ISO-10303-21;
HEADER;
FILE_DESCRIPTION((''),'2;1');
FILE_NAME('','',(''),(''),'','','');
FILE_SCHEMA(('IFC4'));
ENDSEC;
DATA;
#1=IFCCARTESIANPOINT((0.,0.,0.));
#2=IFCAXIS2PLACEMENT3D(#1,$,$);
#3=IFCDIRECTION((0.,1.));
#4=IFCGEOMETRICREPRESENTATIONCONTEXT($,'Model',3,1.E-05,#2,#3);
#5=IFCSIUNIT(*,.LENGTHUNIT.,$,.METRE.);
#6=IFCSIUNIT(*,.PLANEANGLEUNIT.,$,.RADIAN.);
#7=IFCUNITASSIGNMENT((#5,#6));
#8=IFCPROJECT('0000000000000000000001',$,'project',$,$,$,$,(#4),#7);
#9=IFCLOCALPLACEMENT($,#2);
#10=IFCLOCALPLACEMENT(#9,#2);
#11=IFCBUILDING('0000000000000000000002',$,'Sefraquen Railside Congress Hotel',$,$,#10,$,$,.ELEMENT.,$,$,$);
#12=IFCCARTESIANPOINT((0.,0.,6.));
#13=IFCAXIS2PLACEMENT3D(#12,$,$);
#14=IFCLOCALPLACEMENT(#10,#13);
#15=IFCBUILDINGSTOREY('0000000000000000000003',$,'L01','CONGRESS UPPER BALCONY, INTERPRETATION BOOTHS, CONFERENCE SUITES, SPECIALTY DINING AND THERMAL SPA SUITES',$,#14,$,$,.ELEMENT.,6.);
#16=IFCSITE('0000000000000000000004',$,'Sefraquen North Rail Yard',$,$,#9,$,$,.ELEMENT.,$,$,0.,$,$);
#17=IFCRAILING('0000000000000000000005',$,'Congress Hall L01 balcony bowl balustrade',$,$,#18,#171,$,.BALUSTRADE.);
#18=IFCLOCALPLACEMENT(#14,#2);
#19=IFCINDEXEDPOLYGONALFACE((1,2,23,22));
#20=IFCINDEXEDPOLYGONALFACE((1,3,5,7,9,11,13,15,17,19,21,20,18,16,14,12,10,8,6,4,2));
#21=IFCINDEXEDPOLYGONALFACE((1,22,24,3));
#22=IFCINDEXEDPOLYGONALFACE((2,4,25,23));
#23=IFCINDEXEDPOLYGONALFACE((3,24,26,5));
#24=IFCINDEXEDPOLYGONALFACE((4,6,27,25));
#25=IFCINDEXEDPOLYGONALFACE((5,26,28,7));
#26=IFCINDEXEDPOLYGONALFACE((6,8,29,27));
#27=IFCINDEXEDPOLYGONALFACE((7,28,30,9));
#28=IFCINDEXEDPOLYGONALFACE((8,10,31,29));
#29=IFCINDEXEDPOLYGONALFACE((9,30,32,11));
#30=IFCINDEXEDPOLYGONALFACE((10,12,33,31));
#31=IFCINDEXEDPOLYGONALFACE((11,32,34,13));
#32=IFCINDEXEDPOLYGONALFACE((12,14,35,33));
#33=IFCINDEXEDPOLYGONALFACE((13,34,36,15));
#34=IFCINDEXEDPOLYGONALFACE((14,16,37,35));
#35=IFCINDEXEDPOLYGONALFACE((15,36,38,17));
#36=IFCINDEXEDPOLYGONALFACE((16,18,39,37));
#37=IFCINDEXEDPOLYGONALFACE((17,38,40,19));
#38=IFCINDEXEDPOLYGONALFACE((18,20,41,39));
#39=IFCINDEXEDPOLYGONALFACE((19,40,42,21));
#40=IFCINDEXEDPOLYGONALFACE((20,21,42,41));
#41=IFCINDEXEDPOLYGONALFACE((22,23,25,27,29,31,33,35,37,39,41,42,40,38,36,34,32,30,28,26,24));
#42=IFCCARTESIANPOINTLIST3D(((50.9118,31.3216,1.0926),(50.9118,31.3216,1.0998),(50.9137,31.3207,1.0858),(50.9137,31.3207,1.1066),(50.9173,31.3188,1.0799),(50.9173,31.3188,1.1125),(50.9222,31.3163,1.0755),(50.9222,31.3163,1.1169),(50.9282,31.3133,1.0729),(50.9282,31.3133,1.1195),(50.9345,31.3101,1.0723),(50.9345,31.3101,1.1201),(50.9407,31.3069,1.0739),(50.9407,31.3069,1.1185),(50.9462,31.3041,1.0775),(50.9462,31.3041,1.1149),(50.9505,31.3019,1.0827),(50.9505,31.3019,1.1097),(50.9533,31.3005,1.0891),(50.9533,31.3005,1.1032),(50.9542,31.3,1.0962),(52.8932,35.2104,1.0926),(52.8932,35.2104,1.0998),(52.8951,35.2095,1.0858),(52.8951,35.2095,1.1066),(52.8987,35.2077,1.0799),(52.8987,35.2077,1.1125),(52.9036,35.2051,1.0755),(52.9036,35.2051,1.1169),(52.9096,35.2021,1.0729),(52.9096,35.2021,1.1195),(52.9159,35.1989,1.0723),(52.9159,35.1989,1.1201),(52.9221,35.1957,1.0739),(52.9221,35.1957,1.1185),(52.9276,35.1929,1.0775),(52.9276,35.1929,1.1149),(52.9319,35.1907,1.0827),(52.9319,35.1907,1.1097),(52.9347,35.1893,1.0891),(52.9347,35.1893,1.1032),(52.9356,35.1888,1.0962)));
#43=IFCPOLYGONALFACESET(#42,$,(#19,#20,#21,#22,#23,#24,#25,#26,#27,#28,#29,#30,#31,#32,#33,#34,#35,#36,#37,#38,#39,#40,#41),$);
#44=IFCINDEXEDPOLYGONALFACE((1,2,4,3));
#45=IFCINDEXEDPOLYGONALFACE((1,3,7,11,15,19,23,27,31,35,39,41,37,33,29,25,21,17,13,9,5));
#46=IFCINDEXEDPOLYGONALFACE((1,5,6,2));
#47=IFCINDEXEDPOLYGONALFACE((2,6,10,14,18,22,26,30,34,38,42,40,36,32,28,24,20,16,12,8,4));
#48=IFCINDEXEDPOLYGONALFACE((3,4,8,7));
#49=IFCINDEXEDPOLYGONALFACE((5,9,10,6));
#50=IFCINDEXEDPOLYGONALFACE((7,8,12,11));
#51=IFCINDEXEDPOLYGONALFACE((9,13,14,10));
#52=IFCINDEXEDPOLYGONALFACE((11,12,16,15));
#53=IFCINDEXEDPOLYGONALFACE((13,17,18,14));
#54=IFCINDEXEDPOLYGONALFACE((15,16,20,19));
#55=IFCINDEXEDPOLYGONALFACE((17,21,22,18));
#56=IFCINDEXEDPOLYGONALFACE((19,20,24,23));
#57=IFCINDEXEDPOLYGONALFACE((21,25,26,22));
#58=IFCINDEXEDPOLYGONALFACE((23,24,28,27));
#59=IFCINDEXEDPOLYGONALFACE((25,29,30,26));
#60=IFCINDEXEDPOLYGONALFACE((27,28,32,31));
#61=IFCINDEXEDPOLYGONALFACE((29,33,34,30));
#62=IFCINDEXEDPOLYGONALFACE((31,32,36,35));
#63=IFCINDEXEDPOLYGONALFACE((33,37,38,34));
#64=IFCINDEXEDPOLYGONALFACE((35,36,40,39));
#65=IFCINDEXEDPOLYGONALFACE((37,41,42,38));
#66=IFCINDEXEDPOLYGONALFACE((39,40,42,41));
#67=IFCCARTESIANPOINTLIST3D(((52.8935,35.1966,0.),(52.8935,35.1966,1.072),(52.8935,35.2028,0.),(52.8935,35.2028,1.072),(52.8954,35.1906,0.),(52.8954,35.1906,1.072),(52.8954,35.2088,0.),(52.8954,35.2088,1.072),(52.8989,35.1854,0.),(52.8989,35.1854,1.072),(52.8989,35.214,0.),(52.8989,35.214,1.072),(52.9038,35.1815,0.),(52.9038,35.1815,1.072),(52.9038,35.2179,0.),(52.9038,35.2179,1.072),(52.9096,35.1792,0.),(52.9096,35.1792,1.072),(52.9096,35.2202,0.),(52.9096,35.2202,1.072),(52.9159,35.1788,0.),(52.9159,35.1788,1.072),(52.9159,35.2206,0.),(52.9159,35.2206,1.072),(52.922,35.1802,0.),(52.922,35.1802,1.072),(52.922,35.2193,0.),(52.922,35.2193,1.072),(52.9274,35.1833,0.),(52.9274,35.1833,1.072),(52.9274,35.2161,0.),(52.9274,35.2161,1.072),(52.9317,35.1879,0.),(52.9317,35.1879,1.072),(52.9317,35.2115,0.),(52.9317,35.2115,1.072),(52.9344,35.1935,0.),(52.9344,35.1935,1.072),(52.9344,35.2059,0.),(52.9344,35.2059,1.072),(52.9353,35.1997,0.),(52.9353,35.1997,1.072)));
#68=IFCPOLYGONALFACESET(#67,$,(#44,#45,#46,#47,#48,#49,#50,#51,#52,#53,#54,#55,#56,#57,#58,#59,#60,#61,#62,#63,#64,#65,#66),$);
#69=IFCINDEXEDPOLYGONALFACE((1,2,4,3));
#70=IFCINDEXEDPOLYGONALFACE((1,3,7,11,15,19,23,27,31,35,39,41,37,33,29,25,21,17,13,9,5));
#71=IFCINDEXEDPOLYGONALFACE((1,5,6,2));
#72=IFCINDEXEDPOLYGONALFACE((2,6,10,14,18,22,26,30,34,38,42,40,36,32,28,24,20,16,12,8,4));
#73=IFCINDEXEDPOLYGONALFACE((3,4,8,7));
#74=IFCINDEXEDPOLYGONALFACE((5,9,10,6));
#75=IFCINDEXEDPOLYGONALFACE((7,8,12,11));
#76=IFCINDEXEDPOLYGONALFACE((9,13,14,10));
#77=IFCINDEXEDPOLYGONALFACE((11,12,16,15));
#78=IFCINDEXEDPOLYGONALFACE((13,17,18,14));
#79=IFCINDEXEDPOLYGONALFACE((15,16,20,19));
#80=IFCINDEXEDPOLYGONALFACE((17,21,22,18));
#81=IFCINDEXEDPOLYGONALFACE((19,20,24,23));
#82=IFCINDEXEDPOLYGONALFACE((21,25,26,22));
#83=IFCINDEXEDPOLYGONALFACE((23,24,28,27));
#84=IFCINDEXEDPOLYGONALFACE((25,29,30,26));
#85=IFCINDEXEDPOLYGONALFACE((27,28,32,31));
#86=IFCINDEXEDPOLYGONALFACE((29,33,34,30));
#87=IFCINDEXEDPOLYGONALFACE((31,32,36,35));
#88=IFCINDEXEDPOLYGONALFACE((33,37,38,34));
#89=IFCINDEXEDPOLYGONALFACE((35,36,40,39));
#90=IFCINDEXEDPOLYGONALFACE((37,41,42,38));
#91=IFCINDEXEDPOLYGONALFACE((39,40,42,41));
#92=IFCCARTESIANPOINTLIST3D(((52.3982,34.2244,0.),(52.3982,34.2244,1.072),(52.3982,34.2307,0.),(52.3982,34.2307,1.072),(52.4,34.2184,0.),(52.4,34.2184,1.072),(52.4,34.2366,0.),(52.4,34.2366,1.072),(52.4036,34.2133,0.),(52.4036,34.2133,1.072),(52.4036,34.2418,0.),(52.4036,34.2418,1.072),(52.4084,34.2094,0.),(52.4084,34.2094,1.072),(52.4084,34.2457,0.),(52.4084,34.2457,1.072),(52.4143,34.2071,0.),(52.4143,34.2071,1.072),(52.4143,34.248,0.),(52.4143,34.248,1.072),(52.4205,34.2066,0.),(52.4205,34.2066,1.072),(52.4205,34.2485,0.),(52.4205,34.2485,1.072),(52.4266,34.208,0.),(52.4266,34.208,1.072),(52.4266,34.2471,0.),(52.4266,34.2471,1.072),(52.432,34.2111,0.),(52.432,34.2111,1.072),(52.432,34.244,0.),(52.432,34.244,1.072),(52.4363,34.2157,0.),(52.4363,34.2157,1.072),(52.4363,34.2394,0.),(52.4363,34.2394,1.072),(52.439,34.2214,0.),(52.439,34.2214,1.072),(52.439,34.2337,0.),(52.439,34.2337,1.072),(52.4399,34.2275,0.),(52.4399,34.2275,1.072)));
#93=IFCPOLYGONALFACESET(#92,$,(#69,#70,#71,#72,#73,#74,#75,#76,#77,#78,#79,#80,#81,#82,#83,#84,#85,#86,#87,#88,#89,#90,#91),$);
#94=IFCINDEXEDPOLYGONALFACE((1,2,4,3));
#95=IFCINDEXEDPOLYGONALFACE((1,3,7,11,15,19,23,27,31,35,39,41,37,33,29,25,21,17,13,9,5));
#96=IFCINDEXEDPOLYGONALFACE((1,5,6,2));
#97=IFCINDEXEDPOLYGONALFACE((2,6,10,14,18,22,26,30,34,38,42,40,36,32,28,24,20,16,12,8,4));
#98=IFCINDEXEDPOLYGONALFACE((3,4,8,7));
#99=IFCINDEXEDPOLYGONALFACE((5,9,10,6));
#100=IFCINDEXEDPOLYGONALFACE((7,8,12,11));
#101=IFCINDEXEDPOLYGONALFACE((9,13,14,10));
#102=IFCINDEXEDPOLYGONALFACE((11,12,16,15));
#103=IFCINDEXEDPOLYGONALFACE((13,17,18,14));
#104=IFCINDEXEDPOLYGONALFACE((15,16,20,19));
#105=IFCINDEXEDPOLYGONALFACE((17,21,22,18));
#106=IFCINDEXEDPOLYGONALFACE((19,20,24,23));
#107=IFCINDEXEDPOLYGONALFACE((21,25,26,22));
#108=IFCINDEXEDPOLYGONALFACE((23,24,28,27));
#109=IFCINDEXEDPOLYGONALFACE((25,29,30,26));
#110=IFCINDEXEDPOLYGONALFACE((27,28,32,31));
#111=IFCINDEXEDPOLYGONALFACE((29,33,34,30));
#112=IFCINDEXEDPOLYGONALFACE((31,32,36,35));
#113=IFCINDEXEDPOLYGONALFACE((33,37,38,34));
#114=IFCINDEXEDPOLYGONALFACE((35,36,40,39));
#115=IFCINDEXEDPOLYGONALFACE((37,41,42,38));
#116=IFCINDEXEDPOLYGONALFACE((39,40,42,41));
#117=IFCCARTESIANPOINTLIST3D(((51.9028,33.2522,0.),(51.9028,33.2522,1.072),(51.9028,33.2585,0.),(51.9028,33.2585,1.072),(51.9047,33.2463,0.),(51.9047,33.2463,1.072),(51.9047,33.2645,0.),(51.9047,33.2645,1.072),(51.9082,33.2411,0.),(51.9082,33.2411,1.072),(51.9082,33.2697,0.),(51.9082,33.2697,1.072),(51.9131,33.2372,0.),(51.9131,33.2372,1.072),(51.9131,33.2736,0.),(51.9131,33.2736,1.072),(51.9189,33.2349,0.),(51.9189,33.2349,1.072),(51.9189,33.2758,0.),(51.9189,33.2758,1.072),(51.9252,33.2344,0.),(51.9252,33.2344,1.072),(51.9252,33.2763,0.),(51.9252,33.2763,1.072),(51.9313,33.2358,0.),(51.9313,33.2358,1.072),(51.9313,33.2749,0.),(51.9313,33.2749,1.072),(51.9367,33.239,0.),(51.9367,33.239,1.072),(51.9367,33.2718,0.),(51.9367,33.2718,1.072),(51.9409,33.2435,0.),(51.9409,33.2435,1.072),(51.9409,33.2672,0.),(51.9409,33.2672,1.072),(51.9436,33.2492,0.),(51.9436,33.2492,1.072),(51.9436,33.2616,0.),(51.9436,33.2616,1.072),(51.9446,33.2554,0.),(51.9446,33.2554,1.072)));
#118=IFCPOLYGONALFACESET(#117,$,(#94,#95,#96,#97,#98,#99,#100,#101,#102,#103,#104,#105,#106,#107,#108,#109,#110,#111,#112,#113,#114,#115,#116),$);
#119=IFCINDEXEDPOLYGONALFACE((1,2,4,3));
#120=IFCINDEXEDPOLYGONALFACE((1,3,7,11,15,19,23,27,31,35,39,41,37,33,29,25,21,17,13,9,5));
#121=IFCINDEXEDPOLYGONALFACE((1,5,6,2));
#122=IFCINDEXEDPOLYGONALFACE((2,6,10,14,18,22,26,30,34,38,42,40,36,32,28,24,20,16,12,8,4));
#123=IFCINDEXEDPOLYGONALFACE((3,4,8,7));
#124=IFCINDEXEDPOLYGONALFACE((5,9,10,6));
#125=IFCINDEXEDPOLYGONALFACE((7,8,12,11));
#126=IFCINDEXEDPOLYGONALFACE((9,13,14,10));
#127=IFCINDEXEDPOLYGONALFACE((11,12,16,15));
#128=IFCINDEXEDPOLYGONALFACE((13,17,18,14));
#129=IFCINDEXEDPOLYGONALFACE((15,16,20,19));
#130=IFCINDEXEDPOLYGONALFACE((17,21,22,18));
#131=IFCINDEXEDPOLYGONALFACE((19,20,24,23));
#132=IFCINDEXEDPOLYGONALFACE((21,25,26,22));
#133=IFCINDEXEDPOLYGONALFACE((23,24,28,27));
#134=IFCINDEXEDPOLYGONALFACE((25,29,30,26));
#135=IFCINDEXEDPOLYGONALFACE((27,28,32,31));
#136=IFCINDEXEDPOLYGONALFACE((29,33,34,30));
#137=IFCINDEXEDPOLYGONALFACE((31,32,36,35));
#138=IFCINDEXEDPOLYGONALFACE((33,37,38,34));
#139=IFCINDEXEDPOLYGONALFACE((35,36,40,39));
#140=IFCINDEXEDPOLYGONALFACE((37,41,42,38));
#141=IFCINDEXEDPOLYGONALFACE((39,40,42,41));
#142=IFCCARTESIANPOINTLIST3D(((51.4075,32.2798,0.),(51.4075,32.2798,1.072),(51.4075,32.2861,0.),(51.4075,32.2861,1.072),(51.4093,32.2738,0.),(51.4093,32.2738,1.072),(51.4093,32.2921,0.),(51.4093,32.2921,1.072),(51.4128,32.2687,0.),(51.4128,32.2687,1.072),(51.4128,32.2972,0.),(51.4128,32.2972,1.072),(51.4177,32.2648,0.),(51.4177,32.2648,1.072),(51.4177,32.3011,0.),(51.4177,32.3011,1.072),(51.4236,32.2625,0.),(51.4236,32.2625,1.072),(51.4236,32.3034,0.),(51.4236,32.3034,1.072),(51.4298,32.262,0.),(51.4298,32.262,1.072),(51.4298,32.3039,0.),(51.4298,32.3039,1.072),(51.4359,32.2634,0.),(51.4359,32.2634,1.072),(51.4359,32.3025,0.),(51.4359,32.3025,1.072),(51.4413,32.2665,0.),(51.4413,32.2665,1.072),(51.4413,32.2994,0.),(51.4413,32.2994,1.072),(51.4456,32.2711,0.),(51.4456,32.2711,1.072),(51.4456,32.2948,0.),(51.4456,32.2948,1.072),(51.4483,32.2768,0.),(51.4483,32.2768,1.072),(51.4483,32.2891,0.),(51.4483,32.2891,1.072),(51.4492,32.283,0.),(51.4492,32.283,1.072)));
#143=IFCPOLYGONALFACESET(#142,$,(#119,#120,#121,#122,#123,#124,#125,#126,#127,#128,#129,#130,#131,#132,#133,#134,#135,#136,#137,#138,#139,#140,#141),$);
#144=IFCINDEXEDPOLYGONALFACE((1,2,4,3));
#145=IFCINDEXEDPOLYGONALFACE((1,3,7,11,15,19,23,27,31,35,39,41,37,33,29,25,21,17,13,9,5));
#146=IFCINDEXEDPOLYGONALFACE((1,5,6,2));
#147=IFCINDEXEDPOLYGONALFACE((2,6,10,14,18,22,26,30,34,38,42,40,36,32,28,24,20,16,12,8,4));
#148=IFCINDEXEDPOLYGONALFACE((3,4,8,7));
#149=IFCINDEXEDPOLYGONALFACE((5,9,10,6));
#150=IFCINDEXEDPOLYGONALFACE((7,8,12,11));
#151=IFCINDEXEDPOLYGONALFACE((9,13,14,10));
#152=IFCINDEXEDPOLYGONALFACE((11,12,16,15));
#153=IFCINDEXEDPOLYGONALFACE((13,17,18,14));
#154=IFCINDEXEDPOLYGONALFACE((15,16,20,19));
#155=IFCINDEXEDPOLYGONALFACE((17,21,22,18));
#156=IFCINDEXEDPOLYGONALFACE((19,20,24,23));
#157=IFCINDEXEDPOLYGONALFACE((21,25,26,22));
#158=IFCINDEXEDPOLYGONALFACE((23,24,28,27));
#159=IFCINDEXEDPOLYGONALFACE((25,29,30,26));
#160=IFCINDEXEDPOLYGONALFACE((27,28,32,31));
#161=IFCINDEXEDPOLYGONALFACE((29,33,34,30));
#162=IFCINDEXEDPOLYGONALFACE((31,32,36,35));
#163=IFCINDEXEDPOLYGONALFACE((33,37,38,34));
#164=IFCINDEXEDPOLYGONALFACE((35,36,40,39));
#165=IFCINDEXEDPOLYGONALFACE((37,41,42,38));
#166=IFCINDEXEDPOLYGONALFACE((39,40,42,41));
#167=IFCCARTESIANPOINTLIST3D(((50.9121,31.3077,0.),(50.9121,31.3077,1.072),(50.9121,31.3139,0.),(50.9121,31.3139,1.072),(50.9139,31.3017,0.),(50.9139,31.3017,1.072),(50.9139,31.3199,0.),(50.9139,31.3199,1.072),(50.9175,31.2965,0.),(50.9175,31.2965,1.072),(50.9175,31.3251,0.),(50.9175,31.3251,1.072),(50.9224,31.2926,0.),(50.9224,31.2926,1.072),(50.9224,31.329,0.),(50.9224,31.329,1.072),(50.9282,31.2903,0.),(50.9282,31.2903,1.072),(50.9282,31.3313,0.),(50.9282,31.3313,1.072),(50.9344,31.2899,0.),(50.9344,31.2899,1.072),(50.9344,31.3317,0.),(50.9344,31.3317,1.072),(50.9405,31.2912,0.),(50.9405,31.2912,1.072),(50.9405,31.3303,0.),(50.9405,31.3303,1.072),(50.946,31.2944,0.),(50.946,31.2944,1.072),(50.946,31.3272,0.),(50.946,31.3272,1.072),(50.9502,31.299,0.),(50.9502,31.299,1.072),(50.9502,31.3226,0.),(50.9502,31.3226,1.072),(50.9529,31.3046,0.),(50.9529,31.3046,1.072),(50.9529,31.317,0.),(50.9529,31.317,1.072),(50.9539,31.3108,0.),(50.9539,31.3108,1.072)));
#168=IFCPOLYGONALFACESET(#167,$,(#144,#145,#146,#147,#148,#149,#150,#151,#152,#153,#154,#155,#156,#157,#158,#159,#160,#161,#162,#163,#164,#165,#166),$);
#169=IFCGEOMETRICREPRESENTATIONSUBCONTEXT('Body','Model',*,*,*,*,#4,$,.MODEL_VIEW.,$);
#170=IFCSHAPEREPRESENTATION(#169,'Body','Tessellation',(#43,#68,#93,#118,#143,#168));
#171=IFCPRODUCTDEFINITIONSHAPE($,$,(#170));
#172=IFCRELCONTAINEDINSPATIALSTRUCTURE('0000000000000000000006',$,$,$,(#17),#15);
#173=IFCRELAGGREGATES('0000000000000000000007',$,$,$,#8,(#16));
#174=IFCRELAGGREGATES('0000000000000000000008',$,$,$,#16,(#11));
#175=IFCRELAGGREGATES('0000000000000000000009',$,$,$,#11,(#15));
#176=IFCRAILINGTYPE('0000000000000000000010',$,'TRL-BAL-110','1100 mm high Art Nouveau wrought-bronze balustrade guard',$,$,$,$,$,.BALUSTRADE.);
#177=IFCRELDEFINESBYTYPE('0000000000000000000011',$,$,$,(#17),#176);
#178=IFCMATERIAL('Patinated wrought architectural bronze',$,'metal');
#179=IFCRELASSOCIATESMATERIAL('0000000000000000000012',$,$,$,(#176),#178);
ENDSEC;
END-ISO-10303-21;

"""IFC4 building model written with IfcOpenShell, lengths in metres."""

from ifc_helpers import new_model, si_unit, direction, frame, origin, origin_2d, place, context, subcontext, project, spatial, circle, extrude, material, type_object, element, save


model = new_model("IFC4")

# Units and contexts
model_context = context("Model", 3, precision=1e-05, world=origin(), true_north=direction((0.0, 1.0)))
body_context = subcontext(model_context, "Body", "Model", "MODEL_VIEW")
ifc_project = project(units=[si_unit("LENGTHUNIT", "METRE"), si_unit("PLANEANGLEUNIT", "RADIAN")], contexts=[model_context])

# Site, building, storey
site_placement = place(None, origin())
site = spatial("IfcSite", under=ifc_project, at=site_placement, Name="Sefraquen North Rail Yard", CompositionType="ELEMENT", RefElevation=0.0)
building_placement = place(site_placement, origin())
building = spatial("IfcBuilding", under=site, at=building_placement, Name="Sefraquen Railside Congress Hotel", CompositionType="ELEMENT")
storey_placement = place(building_placement, frame((0.0, 0.0, 6.0)))
storey = spatial("IfcBuildingStorey", under=building, at=storey_placement, Name="L01", Description="CONGRESS UPPER BALCONY, INTERPRETATION BOOTHS, CONFERENCE SUITES, SPECIALTY DINING AND THERMAL SPA SUITES", CompositionType="ELEMENT", Elevation=6.0)

# Railing
ifc_material_1 = material(Name="Patinated wrought architectural bronze", Category="metal")
railing_type = type_object("IfcRailingType", Name="TRL-BAL-110", Description="1100 mm high Art Nouveau wrought-bronze balustrade guard", PredefinedType="BALUSTRADE", material=ifc_material_1)
railing_1_placement = place(storey_placement, frame((52.9143, 35.1997, 0.0)))
element("IfcRailing", 1, at=railing_1_placement, inside=storey, type_object=railing_type, Name="Congress Hall L01 balcony bowl balustrade", PredefinedType="BALUSTRADE", context=body_context, shape_type="SweptSolid", body=[
    extrude(circle(Radius=0.0239, at=origin_2d()), frame((0.0, 0.0, 1.0962), z_axis=(-0.45398, -0.891012, 0.0), x_axis=(0.891012, -0.45398, 0.0)), (0.0, 0.0, 1.0), 4.3645),
    extrude(circle(Radius=0.021, at=origin_2d()), origin(), (0.0, 0.0, 1.0), 1.072),
    extrude(circle(Radius=0.021, at=origin_2d()), frame((-0.4954, -0.9722, 0.0)), (0.0, 0.0, 1.0), 1.072),
    extrude(circle(Radius=0.021, at=origin_2d()), frame((-0.9907, -1.9443, 0.0)), (0.0, 0.0, 1.0), 1.072),
    extrude(circle(Radius=0.021, at=origin_2d()), frame((-1.4861, -2.9167, 0.0)), (0.0, 0.0, 1.0), 1.072),
    extrude(circle(Radius=0.021, at=origin_2d()), frame((-1.9814, -3.8889, 0.0)), (0.0, 0.0, 1.0), 1.072),
])

save(model, "model.ifc")
